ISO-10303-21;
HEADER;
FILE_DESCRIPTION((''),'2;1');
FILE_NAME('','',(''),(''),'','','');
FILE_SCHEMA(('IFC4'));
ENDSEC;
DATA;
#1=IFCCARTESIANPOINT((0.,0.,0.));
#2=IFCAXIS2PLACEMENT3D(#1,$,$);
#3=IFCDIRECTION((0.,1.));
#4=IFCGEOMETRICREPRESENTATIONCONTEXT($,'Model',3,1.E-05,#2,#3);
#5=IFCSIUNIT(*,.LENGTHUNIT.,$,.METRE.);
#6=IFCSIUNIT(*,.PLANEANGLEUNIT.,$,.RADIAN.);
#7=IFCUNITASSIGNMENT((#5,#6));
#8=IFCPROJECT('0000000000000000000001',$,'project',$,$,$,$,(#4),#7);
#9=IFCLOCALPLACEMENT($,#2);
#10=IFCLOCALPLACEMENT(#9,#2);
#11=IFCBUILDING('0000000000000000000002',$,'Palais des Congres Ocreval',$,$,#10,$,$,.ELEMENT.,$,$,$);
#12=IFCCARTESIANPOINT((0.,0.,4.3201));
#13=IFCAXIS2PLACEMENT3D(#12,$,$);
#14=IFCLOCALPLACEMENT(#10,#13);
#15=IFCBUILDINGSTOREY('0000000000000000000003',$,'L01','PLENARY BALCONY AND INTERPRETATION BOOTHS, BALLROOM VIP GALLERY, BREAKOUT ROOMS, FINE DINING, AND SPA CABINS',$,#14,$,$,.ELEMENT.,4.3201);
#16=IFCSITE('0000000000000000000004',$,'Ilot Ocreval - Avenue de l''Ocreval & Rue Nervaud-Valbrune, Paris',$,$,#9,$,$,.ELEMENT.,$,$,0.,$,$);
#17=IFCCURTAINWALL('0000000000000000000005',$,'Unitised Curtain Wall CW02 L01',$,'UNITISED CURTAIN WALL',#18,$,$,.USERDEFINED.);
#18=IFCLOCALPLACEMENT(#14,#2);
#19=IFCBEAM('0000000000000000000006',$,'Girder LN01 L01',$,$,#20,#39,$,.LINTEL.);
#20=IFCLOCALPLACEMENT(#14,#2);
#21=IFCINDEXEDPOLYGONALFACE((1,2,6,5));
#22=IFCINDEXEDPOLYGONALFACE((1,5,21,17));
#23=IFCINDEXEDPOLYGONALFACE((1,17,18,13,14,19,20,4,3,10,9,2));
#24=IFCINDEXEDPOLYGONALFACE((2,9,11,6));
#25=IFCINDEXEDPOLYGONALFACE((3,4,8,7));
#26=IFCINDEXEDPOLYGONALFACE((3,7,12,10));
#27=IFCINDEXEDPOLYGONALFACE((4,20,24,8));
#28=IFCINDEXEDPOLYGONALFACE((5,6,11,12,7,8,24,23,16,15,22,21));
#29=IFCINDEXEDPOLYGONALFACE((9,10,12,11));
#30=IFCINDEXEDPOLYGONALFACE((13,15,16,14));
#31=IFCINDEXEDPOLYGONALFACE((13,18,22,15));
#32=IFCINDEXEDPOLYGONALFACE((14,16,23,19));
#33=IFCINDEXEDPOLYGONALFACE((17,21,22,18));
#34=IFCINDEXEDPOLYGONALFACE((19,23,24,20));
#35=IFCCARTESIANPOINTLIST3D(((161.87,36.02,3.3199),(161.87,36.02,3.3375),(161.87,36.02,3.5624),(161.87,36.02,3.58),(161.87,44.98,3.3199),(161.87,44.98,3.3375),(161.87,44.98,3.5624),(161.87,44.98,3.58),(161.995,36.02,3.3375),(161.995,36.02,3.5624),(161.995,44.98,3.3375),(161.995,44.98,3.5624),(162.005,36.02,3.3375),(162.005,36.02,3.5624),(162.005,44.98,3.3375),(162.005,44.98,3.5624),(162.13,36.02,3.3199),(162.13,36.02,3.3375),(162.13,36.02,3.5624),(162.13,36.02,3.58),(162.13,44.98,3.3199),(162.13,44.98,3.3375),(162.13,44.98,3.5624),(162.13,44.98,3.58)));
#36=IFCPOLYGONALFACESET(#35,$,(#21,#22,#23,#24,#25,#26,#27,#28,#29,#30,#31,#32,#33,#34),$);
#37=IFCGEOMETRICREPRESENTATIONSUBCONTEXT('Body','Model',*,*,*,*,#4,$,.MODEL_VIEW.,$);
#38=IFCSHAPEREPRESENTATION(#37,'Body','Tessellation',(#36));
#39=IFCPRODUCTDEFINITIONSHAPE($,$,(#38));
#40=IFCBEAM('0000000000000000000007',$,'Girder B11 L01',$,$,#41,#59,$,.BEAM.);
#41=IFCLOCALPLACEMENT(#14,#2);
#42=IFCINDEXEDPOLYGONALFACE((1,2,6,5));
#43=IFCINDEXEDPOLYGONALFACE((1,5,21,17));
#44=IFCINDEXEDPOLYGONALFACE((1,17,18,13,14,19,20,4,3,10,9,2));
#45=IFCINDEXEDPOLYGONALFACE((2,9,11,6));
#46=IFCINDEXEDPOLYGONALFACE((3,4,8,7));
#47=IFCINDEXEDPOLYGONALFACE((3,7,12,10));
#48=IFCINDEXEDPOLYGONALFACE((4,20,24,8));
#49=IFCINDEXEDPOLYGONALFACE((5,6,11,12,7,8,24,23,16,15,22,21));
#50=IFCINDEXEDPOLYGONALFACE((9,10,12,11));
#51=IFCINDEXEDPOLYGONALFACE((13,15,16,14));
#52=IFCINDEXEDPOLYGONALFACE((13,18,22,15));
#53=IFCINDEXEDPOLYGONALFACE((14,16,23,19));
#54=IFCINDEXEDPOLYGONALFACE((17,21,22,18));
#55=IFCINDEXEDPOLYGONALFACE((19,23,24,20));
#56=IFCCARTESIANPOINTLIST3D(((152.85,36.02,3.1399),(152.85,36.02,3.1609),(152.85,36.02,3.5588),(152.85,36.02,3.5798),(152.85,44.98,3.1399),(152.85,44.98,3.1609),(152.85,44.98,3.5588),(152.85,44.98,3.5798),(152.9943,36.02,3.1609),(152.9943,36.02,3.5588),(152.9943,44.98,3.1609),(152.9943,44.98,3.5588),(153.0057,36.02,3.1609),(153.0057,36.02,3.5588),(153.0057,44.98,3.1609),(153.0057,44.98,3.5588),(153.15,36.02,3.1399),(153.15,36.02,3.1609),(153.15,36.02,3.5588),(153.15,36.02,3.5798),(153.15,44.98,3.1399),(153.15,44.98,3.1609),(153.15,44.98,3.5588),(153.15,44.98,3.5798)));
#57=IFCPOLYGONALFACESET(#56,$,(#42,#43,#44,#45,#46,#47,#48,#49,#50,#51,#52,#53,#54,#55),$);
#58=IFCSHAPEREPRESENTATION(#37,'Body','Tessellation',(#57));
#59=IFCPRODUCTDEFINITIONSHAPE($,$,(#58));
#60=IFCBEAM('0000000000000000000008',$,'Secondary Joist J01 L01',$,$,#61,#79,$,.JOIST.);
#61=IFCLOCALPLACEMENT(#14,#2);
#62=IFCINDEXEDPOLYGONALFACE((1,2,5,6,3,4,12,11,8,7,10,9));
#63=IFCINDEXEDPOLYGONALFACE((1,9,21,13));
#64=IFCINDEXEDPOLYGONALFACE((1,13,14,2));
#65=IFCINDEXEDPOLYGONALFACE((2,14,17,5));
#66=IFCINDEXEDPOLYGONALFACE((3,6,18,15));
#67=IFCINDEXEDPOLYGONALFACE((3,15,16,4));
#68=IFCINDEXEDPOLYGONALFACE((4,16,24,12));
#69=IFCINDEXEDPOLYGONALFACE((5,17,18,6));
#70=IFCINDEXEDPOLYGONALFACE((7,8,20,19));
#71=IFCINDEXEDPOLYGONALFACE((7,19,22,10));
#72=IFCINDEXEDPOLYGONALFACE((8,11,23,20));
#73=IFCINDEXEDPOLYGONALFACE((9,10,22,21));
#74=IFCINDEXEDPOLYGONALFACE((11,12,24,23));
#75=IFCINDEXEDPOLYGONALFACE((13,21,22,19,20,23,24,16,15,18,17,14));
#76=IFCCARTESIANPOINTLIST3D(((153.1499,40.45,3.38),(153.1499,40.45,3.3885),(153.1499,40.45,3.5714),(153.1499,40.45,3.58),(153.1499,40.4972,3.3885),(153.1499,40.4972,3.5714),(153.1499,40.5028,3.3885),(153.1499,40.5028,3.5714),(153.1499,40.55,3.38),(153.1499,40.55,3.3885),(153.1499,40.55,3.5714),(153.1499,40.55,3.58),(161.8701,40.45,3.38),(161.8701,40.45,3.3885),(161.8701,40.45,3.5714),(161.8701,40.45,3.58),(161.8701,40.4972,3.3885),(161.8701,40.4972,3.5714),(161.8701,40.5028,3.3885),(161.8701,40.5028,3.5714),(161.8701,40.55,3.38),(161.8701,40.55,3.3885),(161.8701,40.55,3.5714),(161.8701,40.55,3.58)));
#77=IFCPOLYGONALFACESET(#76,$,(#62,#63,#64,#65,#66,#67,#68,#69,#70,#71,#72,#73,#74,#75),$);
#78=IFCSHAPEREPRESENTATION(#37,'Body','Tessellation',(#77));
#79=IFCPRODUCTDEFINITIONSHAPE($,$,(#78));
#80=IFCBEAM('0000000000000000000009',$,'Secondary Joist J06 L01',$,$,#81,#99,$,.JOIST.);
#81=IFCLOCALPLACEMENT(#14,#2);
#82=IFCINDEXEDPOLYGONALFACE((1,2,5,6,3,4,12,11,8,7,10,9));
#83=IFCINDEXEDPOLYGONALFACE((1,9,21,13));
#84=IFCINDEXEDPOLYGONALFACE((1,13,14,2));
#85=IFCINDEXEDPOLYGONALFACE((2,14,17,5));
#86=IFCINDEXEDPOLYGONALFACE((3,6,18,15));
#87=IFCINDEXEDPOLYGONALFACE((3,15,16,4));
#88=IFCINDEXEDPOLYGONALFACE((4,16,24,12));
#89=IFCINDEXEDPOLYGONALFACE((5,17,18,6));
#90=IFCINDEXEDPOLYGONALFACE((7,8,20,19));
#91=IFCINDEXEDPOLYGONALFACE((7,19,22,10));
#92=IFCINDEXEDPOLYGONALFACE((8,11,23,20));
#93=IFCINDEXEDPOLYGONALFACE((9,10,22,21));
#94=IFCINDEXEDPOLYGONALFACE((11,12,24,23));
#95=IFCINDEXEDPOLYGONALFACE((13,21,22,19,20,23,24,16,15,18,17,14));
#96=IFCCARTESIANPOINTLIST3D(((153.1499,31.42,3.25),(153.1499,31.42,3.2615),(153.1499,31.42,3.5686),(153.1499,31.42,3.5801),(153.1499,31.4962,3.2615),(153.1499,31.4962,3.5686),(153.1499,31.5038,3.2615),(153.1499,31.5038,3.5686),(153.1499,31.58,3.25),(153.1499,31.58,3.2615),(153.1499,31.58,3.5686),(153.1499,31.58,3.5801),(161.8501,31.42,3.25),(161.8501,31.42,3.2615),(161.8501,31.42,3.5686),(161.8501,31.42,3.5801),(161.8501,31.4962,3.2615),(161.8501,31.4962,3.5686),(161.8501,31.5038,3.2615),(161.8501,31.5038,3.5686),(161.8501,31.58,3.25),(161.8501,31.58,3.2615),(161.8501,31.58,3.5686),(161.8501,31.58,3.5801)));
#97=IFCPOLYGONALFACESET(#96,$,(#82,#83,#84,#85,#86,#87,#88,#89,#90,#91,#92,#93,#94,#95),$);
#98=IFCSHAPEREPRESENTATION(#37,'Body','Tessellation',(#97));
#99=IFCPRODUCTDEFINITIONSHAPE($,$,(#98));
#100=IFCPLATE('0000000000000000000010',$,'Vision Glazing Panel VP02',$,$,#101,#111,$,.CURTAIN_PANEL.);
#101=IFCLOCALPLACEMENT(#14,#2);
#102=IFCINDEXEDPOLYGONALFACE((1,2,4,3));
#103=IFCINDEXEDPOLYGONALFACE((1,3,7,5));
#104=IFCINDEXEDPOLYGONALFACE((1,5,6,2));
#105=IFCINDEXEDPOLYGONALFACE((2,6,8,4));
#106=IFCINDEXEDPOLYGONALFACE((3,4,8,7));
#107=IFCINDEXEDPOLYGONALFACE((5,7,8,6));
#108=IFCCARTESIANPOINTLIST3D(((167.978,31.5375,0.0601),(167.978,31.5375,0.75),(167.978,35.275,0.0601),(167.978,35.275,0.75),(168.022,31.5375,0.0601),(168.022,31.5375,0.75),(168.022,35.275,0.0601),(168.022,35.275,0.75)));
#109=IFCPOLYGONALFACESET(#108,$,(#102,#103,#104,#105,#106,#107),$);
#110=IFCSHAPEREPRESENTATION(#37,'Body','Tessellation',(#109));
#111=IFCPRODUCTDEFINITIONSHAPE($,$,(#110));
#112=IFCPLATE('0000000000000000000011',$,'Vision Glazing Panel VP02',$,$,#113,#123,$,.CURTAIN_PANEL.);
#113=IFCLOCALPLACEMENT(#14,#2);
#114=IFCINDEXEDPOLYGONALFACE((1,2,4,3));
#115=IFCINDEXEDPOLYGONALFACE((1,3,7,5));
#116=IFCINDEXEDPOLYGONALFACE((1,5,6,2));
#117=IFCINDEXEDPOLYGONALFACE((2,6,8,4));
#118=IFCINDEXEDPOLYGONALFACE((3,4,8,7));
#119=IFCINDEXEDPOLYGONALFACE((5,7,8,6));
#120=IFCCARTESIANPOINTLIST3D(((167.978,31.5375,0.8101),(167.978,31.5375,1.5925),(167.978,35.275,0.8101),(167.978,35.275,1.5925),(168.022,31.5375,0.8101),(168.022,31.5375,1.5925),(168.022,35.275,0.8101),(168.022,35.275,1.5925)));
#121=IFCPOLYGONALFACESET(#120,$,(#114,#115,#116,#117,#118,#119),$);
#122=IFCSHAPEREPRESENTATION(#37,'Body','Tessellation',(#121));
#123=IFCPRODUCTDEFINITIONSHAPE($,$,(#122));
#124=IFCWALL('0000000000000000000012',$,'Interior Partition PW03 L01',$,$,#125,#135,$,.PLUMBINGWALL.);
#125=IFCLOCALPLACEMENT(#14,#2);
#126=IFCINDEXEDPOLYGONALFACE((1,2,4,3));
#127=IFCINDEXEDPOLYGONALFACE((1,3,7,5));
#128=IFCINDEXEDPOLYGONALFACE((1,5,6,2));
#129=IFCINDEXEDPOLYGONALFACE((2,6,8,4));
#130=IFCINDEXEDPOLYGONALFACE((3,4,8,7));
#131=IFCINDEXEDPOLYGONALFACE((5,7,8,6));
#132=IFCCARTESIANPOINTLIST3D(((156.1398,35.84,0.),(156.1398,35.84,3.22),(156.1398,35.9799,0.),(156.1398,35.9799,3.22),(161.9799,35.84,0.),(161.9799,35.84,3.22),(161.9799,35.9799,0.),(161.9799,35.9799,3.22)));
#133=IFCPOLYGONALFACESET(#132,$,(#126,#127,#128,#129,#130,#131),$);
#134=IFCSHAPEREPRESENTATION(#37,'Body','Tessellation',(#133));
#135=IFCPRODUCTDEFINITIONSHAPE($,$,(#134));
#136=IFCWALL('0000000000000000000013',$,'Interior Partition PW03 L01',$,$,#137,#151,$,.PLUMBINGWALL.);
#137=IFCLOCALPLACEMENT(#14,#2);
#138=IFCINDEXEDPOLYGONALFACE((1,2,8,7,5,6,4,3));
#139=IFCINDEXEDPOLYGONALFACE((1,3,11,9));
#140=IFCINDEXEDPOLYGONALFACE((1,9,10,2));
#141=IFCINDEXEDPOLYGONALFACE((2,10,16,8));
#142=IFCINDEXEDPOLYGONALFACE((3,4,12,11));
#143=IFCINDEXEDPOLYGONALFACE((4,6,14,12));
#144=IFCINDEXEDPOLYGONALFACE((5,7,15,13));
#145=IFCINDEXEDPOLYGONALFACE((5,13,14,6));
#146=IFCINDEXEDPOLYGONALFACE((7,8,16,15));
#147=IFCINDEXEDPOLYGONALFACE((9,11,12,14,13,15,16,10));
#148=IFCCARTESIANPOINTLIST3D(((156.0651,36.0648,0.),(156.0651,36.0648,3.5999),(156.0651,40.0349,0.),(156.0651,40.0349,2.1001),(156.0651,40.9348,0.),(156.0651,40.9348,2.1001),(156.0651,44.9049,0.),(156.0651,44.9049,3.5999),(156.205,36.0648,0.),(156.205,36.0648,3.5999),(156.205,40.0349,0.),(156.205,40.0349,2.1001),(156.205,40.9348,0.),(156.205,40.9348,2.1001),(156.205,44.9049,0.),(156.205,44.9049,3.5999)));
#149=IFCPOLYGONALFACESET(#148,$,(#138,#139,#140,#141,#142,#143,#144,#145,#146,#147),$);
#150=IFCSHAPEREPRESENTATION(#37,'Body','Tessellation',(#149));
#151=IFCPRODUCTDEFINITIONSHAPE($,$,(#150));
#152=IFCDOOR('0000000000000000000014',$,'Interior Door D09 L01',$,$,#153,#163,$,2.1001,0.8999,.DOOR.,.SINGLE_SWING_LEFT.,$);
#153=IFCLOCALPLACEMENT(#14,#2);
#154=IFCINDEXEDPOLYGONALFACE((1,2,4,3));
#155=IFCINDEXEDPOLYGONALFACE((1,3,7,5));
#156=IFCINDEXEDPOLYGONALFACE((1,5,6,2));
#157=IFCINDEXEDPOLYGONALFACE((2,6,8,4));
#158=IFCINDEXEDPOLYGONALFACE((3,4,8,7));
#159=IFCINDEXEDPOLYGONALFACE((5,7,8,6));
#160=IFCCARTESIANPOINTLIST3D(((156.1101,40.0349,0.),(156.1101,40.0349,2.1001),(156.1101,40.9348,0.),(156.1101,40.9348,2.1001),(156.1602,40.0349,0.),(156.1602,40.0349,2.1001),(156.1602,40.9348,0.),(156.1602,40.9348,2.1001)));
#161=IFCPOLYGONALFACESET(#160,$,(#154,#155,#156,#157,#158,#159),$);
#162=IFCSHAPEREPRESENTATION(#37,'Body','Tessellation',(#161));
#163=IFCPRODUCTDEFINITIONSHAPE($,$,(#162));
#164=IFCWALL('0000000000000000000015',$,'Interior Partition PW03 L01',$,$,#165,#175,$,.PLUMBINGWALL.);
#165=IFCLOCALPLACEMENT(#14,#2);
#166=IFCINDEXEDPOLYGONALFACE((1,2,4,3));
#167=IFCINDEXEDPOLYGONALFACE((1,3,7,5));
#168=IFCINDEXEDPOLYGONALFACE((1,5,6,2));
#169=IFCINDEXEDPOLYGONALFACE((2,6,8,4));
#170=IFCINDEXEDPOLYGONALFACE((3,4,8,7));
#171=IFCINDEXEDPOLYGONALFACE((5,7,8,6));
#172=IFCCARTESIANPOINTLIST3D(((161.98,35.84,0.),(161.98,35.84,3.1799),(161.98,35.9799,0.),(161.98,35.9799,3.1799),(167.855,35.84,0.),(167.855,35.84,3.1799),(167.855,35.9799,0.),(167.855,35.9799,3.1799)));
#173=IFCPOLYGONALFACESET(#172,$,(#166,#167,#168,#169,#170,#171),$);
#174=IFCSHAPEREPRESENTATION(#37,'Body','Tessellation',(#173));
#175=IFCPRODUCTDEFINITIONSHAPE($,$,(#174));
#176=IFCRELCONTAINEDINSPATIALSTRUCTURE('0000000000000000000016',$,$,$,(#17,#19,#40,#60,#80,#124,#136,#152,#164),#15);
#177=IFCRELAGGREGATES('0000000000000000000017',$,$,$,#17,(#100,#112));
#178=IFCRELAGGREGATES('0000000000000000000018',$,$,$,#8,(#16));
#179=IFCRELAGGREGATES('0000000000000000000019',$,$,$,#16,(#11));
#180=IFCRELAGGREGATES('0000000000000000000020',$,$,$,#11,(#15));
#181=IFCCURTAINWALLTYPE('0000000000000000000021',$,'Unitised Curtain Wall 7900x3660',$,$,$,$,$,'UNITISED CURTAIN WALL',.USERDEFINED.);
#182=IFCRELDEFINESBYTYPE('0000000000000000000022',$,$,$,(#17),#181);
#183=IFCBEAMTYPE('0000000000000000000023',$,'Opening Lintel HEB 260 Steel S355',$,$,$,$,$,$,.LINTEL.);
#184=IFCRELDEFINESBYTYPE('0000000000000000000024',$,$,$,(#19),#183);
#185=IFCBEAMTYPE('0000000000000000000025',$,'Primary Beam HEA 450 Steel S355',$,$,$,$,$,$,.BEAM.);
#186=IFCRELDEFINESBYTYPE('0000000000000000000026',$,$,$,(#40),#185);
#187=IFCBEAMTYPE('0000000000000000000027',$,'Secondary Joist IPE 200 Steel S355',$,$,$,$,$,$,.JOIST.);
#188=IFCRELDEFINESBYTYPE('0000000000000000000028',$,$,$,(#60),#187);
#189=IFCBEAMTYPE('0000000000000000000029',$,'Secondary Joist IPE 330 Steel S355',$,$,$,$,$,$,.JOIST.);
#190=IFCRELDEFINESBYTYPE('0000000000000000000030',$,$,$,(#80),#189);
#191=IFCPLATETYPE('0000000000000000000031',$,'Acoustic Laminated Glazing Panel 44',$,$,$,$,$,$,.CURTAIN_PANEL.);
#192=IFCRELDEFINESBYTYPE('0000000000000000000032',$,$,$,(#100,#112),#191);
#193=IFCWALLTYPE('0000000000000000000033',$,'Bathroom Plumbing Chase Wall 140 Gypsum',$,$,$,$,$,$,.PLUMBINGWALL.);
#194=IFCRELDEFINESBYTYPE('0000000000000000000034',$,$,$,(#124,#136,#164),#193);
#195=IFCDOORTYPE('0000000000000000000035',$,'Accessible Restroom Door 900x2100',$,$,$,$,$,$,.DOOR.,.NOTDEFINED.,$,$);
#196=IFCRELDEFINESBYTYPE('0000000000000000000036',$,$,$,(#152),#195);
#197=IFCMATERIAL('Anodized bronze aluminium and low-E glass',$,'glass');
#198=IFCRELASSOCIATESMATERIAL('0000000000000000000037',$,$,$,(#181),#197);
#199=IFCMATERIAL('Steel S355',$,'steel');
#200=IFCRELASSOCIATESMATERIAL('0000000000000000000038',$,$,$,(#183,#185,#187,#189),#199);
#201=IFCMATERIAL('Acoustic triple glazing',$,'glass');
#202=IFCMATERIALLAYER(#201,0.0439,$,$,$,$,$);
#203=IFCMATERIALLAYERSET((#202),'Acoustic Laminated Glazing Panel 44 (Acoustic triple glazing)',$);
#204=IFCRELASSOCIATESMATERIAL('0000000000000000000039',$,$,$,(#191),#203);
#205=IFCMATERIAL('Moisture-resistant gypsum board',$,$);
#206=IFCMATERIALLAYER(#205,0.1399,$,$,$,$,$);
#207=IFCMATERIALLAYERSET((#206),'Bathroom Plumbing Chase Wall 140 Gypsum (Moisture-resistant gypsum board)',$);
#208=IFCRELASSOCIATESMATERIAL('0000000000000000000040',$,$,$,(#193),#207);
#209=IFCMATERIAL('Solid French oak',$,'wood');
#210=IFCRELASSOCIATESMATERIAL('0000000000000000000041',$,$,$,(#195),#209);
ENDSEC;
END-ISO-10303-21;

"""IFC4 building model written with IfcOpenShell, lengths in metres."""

from ifc_helpers import new_model, si_unit, direction, frame, frame_2d, origin, origin_2d, place, context, subcontext, project, spatial, rectangle, i_section, extrude, material, layer, layer_set, material_profile, profile_set, type_object, element, fill, aggregate, save


model = new_model("IFC4")

# Units and contexts
model_context = context("Model", 3, precision=1e-05, world=origin(), true_north=direction((0.0, 1.0)))
body_context = subcontext(model_context, "Body", "Model", "MODEL_VIEW")
ifc_project = project(units=[si_unit("LENGTHUNIT", "METRE"), si_unit("PLANEANGLEUNIT", "RADIAN")], contexts=[model_context])

# Site, building, storey
site_placement = place(None, origin())
site = spatial("IfcSite", under=ifc_project, at=site_placement, Name="Ilot Ocreval - Avenue de l'Ocreval & Rue Nervaud-Valbrune, Paris", CompositionType="ELEMENT", RefElevation=0.0)
building_placement = place(site_placement, origin())
building = spatial("IfcBuilding", under=site, at=building_placement, Name="Palais des Congres Ocreval", CompositionType="ELEMENT")
storey_placement = place(building_placement, frame((0.0, 0.0, 4.3201)))
storey = spatial("IfcBuildingStorey", under=building, at=storey_placement, Name="L01", Description="PLENARY BALCONY AND INTERPRETATION BOOTHS, BALLROOM VIP GALLERY, BREAKOUT ROOMS, FINE DINING, AND SPA CABINS", CompositionType="ELEMENT", Elevation=4.3201)

# Shared definitions
ifc_material_1 = material(Name="Steel S355", Category="steel")

# Curtain wall
ifc_material_2 = material(Name="Anodized bronze aluminium and low-E glass", Category="glass")
curtain_wall_type = type_object("IfcCurtainWallType", Name="Unitised Curtain Wall 7900x3660", ElementType="UNITISED CURTAIN WALL", PredefinedType="USERDEFINED", material=ifc_material_2)
curtain_wall_1_placement = place(storey_placement, origin())
curtain_wall_1 = element("IfcCurtainWall", 1, at=curtain_wall_1_placement, inside=storey, type_object=curtain_wall_type, Name="Unitised Curtain Wall CW02 L01", ObjectType="UNITISED CURTAIN WALL", PredefinedType="USERDEFINED")

# Beams
ifc_material_profile_1 = material_profile(ifc_material_1, i_section(OverallWidth=0.26, OverallDepth=0.26, WebThickness=0.01, FlangeThickness=0.0176, at=origin_2d()), Name="HEB 260")
ifc_profile_set_1 = profile_set([ifc_material_profile_1], Name="Steel S355")
beam_type_1 = type_object("IfcBeamType", Name="Opening Lintel HEB 260 Steel S355", PredefinedType="LINTEL", material=ifc_profile_set_1)
beam_1_placement = place(storey_placement, frame((162.0, 36.02, 3.45), z_axis=(0.0, 1.0, 0.0), x_axis=(-1.0, 0.0, 0.0)))
element("IfcBeam", 2, at=beam_1_placement, inside=storey, type_object=beam_type_1, Name="Girder LN01 L01", PredefinedType="LINTEL", context=body_context, shape_type="SweptSolid", body=[
    extrude(i_section(OverallWidth=0.26, OverallDepth=0.26, WebThickness=0.01, FlangeThickness=0.0176, at=origin_2d()), origin(), (0.0, 0.0, 1.0), 8.96),
])
ifc_material_profile_2 = material_profile(ifc_material_1, i_section(OverallWidth=0.3, OverallDepth=0.4399, WebThickness=0.0115, FlangeThickness=0.021, at=origin_2d()), Name="HEA 450")
ifc_profile_set_2 = profile_set([ifc_material_profile_2], Name="Steel S355")
beam_type_2 = type_object("IfcBeamType", Name="Primary Beam HEA 450 Steel S355", PredefinedType="BEAM", material=ifc_profile_set_2)
beam_2_placement = place(storey_placement, frame((153.0, 36.02, 3.3599), z_axis=(0.0, 1.0, 0.0), x_axis=(-1.0, 0.0, 0.0)))
element("IfcBeam", 3, at=beam_2_placement, inside=storey, type_object=beam_type_2, Name="Girder B11 L01", PredefinedType="BEAM", context=body_context, shape_type="SweptSolid", body=[
    extrude(i_section(OverallWidth=0.3, OverallDepth=0.4399, WebThickness=0.0115, FlangeThickness=0.021, at=origin_2d()), origin(), (0.0, 0.0, 1.0), 8.96),
])
ifc_material_profile_3 = material_profile(ifc_material_1, i_section(OverallWidth=0.1001, OverallDepth=0.2, WebThickness=0.0056, FlangeThickness=0.0085, at=origin_2d()), Name="IPE 200")
ifc_profile_set_3 = profile_set([ifc_material_profile_3], Name="Steel S355")
beam_type_3 = type_object("IfcBeamType", Name="Secondary Joist IPE 200 Steel S355", PredefinedType="JOIST", material=ifc_profile_set_3)
beam_3_placement = place(storey_placement, frame((153.1499, 40.5, 3.48), z_axis=(1.0, 0.0, 0.0), x_axis=(0.0, 1.0, 0.0)))
element("IfcBeam", 4, at=beam_3_placement, inside=storey, type_object=beam_type_3, Name="Secondary Joist J01 L01", PredefinedType="JOIST", context=body_context, shape_type="SweptSolid", body=[
    extrude(i_section(OverallWidth=0.1001, OverallDepth=0.2, WebThickness=0.0056, FlangeThickness=0.0085, at=origin_2d()), origin(), (0.0, 0.0, 1.0), 8.7202),
])
ifc_material_profile_4 = material_profile(ifc_material_1, i_section(OverallWidth=0.1599, OverallDepth=0.3301, WebThickness=0.0076, FlangeThickness=0.0115, at=origin_2d()), Name="IPE 330")
ifc_profile_set_4 = profile_set([ifc_material_profile_4], Name="Steel S355")
beam_type_4 = type_object("IfcBeamType", Name="Secondary Joist IPE 330 Steel S355", PredefinedType="JOIST", material=ifc_profile_set_4)
beam_4_placement = place(storey_placement, frame((153.1499, 31.5, 3.415), z_axis=(1.0, 0.0, 0.0), x_axis=(0.0, 1.0, 0.0)))
element("IfcBeam", 5, at=beam_4_placement, inside=storey, type_object=beam_type_4, Name="Secondary Joist J06 L01", PredefinedType="JOIST", context=body_context, shape_type="SweptSolid", body=[
    extrude(i_section(OverallWidth=0.1599, OverallDepth=0.3301, WebThickness=0.0076, FlangeThickness=0.0115, at=origin_2d()), origin(), (0.0, 0.0, 1.0), 8.7002),
])

# Plates
ifc_material_3 = material(Name="Acoustic triple glazing", Category="glass")
ifc_layer_1 = layer(ifc_material_3, 0.0439)
ifc_layer_set_1 = layer_set([ifc_layer_1], Name="Acoustic Laminated Glazing Panel 44 (Acoustic triple glazing)")
plate_type = type_object("IfcPlateType", Name="Acoustic Laminated Glazing Panel 44", PredefinedType="CURTAIN_PANEL", material=ifc_layer_set_1)
plate_1_placement = place(storey_placement, frame((168.0, 33.4062, 0.0601), z_axis=(0.0, 0.0, 1.0), x_axis=(0.0, -1.0, 0.0)))
plate_1 = element("IfcPlate", 6, at=plate_1_placement, type_object=plate_type, Name="Vision Glazing Panel VP02", PredefinedType="CURTAIN_PANEL", context=body_context, shape_type="SweptSolid", body=[
    extrude(rectangle(XDim=3.7375, YDim=0.0439, at=origin_2d()), origin(), (0.0, 0.0, 1.0), 0.6899),
])
plate_2_placement = place(storey_placement, frame((168.0, 33.4062, 0.8101), z_axis=(0.0, 0.0, 1.0), x_axis=(0.0, -1.0, 0.0)))
plate_2 = element("IfcPlate", 7, at=plate_2_placement, type_object=plate_type, Name="Vision Glazing Panel VP02", PredefinedType="CURTAIN_PANEL", context=body_context, shape_type="SweptSolid", body=[
    extrude(rectangle(XDim=3.7375, YDim=0.0439, at=origin_2d()), origin(), (0.0, 0.0, 1.0), 0.7825),
])
aggregate(curtain_wall_1, [plate_1, plate_2])

# Wall
ifc_material_4 = material(Name="Moisture-resistant gypsum board")
ifc_layer_2 = layer(ifc_material_4, 0.1399)
ifc_layer_set_2 = layer_set([ifc_layer_2], Name="Bathroom Plumbing Chase Wall 140 Gypsum (Moisture-resistant gypsum board)")
wall_type_1 = type_object("IfcWallType", Name="Bathroom Plumbing Chase Wall 140 Gypsum", PredefinedType="PLUMBINGWALL", material=ifc_layer_set_2)
wall_1_placement = place(storey_placement, frame((156.1399, 35.9099, 0.0), z_axis=(0.0, 0.0, 1.0), x_axis=(1.0, 0.0, 0.0)))
element("IfcWall", 8, at=wall_1_placement, inside=storey, type_object=wall_type_1, Name="Interior Partition PW03 L01", PredefinedType="PLUMBINGWALL", context=body_context, shape_type="SweptSolid", body=[
    extrude(rectangle(XDim=5.8401, YDim=0.1399, at=frame_2d((2.9199, 0.0))), origin(), (0.0, 0.0, 1.0), 3.22),
])

# Wall, opening, door
wall_2_placement = place(storey_placement, frame((156.135, 36.0649, 0.0), z_axis=(0.0, 0.0, 1.0), x_axis=(0.0, 1.0, 0.0)))
wall_2 = element("IfcWall", 9, at=wall_2_placement, inside=storey, type_object=wall_type_1, Name="Interior Partition PW03 L01", PredefinedType="PLUMBINGWALL", context=body_context, shape_type="SweptSolid", body=[
    extrude(rectangle(XDim=8.8401, YDim=0.1399, at=frame_2d((4.4199, 0.0))), origin(), (0.0, 0.0, 1.0), 3.5999),
])
opening_1_placement = place(wall_2_placement, frame((3.97, 0.0, 0.0)))
opening_1 = element("IfcOpeningElement", 10, at=opening_1_placement, cuts=wall_2, PredefinedType="OPENING", context=body_context, shape_type="SweptSolid", body=[
    extrude(rectangle(XDim=0.8999, YDim=2.1001, at=frame_2d((0.45, 1.05))), frame((0.0, 0.0798, 0.0), z_axis=(0.0, -1.0, 0.0), x_axis=(1.0, 0.0, 0.0)), (0.0, 0.0, 1.0), 0.1599),
])
ifc_material_5 = material(Name="Solid French oak", Category="wood")
door_type_1 = type_object("IfcDoorType", Name="Accessible Restroom Door 900x2100", OperationType="NOTDEFINED", PredefinedType="DOOR", material=ifc_material_5)
door_1_placement = place(opening_1_placement, origin())
door_1 = element("IfcDoor", 11, at=door_1_placement, inside=storey, type_object=door_type_1, Name="Interior Door D09 L01", OperationType="SINGLE_SWING_LEFT", OverallHeight=2.1001, OverallWidth=0.8999, PredefinedType="DOOR", context=body_context, shape_type="SweptSolid", body=[
    extrude(rectangle(XDim=0.8999, YDim=2.1001, at=frame_2d((0.45, 1.05))), frame((0.0, 0.0249, 0.0), z_axis=(0.0, -1.0, 0.0), x_axis=(1.0, 0.0, 0.0)), (0.0, 0.0, 1.0), 0.05),
])
fill(opening_1, door_1)

# Wall
wall_3_placement = place(storey_placement, frame((161.98, 35.9099, 0.0), z_axis=(0.0, 0.0, 1.0), x_axis=(1.0, 0.0, 0.0)))
element("IfcWall", 12, at=wall_3_placement, inside=storey, type_object=wall_type_1, Name="Interior Partition PW03 L01", PredefinedType="PLUMBINGWALL", context=body_context, shape_type="SweptSolid", body=[
    extrude(rectangle(XDim=5.875, YDim=0.1399, at=frame_2d((2.9375, 0.0))), origin(), (0.0, 0.0, 1.0), 3.1799),
])

save(model, "model.ifc")
